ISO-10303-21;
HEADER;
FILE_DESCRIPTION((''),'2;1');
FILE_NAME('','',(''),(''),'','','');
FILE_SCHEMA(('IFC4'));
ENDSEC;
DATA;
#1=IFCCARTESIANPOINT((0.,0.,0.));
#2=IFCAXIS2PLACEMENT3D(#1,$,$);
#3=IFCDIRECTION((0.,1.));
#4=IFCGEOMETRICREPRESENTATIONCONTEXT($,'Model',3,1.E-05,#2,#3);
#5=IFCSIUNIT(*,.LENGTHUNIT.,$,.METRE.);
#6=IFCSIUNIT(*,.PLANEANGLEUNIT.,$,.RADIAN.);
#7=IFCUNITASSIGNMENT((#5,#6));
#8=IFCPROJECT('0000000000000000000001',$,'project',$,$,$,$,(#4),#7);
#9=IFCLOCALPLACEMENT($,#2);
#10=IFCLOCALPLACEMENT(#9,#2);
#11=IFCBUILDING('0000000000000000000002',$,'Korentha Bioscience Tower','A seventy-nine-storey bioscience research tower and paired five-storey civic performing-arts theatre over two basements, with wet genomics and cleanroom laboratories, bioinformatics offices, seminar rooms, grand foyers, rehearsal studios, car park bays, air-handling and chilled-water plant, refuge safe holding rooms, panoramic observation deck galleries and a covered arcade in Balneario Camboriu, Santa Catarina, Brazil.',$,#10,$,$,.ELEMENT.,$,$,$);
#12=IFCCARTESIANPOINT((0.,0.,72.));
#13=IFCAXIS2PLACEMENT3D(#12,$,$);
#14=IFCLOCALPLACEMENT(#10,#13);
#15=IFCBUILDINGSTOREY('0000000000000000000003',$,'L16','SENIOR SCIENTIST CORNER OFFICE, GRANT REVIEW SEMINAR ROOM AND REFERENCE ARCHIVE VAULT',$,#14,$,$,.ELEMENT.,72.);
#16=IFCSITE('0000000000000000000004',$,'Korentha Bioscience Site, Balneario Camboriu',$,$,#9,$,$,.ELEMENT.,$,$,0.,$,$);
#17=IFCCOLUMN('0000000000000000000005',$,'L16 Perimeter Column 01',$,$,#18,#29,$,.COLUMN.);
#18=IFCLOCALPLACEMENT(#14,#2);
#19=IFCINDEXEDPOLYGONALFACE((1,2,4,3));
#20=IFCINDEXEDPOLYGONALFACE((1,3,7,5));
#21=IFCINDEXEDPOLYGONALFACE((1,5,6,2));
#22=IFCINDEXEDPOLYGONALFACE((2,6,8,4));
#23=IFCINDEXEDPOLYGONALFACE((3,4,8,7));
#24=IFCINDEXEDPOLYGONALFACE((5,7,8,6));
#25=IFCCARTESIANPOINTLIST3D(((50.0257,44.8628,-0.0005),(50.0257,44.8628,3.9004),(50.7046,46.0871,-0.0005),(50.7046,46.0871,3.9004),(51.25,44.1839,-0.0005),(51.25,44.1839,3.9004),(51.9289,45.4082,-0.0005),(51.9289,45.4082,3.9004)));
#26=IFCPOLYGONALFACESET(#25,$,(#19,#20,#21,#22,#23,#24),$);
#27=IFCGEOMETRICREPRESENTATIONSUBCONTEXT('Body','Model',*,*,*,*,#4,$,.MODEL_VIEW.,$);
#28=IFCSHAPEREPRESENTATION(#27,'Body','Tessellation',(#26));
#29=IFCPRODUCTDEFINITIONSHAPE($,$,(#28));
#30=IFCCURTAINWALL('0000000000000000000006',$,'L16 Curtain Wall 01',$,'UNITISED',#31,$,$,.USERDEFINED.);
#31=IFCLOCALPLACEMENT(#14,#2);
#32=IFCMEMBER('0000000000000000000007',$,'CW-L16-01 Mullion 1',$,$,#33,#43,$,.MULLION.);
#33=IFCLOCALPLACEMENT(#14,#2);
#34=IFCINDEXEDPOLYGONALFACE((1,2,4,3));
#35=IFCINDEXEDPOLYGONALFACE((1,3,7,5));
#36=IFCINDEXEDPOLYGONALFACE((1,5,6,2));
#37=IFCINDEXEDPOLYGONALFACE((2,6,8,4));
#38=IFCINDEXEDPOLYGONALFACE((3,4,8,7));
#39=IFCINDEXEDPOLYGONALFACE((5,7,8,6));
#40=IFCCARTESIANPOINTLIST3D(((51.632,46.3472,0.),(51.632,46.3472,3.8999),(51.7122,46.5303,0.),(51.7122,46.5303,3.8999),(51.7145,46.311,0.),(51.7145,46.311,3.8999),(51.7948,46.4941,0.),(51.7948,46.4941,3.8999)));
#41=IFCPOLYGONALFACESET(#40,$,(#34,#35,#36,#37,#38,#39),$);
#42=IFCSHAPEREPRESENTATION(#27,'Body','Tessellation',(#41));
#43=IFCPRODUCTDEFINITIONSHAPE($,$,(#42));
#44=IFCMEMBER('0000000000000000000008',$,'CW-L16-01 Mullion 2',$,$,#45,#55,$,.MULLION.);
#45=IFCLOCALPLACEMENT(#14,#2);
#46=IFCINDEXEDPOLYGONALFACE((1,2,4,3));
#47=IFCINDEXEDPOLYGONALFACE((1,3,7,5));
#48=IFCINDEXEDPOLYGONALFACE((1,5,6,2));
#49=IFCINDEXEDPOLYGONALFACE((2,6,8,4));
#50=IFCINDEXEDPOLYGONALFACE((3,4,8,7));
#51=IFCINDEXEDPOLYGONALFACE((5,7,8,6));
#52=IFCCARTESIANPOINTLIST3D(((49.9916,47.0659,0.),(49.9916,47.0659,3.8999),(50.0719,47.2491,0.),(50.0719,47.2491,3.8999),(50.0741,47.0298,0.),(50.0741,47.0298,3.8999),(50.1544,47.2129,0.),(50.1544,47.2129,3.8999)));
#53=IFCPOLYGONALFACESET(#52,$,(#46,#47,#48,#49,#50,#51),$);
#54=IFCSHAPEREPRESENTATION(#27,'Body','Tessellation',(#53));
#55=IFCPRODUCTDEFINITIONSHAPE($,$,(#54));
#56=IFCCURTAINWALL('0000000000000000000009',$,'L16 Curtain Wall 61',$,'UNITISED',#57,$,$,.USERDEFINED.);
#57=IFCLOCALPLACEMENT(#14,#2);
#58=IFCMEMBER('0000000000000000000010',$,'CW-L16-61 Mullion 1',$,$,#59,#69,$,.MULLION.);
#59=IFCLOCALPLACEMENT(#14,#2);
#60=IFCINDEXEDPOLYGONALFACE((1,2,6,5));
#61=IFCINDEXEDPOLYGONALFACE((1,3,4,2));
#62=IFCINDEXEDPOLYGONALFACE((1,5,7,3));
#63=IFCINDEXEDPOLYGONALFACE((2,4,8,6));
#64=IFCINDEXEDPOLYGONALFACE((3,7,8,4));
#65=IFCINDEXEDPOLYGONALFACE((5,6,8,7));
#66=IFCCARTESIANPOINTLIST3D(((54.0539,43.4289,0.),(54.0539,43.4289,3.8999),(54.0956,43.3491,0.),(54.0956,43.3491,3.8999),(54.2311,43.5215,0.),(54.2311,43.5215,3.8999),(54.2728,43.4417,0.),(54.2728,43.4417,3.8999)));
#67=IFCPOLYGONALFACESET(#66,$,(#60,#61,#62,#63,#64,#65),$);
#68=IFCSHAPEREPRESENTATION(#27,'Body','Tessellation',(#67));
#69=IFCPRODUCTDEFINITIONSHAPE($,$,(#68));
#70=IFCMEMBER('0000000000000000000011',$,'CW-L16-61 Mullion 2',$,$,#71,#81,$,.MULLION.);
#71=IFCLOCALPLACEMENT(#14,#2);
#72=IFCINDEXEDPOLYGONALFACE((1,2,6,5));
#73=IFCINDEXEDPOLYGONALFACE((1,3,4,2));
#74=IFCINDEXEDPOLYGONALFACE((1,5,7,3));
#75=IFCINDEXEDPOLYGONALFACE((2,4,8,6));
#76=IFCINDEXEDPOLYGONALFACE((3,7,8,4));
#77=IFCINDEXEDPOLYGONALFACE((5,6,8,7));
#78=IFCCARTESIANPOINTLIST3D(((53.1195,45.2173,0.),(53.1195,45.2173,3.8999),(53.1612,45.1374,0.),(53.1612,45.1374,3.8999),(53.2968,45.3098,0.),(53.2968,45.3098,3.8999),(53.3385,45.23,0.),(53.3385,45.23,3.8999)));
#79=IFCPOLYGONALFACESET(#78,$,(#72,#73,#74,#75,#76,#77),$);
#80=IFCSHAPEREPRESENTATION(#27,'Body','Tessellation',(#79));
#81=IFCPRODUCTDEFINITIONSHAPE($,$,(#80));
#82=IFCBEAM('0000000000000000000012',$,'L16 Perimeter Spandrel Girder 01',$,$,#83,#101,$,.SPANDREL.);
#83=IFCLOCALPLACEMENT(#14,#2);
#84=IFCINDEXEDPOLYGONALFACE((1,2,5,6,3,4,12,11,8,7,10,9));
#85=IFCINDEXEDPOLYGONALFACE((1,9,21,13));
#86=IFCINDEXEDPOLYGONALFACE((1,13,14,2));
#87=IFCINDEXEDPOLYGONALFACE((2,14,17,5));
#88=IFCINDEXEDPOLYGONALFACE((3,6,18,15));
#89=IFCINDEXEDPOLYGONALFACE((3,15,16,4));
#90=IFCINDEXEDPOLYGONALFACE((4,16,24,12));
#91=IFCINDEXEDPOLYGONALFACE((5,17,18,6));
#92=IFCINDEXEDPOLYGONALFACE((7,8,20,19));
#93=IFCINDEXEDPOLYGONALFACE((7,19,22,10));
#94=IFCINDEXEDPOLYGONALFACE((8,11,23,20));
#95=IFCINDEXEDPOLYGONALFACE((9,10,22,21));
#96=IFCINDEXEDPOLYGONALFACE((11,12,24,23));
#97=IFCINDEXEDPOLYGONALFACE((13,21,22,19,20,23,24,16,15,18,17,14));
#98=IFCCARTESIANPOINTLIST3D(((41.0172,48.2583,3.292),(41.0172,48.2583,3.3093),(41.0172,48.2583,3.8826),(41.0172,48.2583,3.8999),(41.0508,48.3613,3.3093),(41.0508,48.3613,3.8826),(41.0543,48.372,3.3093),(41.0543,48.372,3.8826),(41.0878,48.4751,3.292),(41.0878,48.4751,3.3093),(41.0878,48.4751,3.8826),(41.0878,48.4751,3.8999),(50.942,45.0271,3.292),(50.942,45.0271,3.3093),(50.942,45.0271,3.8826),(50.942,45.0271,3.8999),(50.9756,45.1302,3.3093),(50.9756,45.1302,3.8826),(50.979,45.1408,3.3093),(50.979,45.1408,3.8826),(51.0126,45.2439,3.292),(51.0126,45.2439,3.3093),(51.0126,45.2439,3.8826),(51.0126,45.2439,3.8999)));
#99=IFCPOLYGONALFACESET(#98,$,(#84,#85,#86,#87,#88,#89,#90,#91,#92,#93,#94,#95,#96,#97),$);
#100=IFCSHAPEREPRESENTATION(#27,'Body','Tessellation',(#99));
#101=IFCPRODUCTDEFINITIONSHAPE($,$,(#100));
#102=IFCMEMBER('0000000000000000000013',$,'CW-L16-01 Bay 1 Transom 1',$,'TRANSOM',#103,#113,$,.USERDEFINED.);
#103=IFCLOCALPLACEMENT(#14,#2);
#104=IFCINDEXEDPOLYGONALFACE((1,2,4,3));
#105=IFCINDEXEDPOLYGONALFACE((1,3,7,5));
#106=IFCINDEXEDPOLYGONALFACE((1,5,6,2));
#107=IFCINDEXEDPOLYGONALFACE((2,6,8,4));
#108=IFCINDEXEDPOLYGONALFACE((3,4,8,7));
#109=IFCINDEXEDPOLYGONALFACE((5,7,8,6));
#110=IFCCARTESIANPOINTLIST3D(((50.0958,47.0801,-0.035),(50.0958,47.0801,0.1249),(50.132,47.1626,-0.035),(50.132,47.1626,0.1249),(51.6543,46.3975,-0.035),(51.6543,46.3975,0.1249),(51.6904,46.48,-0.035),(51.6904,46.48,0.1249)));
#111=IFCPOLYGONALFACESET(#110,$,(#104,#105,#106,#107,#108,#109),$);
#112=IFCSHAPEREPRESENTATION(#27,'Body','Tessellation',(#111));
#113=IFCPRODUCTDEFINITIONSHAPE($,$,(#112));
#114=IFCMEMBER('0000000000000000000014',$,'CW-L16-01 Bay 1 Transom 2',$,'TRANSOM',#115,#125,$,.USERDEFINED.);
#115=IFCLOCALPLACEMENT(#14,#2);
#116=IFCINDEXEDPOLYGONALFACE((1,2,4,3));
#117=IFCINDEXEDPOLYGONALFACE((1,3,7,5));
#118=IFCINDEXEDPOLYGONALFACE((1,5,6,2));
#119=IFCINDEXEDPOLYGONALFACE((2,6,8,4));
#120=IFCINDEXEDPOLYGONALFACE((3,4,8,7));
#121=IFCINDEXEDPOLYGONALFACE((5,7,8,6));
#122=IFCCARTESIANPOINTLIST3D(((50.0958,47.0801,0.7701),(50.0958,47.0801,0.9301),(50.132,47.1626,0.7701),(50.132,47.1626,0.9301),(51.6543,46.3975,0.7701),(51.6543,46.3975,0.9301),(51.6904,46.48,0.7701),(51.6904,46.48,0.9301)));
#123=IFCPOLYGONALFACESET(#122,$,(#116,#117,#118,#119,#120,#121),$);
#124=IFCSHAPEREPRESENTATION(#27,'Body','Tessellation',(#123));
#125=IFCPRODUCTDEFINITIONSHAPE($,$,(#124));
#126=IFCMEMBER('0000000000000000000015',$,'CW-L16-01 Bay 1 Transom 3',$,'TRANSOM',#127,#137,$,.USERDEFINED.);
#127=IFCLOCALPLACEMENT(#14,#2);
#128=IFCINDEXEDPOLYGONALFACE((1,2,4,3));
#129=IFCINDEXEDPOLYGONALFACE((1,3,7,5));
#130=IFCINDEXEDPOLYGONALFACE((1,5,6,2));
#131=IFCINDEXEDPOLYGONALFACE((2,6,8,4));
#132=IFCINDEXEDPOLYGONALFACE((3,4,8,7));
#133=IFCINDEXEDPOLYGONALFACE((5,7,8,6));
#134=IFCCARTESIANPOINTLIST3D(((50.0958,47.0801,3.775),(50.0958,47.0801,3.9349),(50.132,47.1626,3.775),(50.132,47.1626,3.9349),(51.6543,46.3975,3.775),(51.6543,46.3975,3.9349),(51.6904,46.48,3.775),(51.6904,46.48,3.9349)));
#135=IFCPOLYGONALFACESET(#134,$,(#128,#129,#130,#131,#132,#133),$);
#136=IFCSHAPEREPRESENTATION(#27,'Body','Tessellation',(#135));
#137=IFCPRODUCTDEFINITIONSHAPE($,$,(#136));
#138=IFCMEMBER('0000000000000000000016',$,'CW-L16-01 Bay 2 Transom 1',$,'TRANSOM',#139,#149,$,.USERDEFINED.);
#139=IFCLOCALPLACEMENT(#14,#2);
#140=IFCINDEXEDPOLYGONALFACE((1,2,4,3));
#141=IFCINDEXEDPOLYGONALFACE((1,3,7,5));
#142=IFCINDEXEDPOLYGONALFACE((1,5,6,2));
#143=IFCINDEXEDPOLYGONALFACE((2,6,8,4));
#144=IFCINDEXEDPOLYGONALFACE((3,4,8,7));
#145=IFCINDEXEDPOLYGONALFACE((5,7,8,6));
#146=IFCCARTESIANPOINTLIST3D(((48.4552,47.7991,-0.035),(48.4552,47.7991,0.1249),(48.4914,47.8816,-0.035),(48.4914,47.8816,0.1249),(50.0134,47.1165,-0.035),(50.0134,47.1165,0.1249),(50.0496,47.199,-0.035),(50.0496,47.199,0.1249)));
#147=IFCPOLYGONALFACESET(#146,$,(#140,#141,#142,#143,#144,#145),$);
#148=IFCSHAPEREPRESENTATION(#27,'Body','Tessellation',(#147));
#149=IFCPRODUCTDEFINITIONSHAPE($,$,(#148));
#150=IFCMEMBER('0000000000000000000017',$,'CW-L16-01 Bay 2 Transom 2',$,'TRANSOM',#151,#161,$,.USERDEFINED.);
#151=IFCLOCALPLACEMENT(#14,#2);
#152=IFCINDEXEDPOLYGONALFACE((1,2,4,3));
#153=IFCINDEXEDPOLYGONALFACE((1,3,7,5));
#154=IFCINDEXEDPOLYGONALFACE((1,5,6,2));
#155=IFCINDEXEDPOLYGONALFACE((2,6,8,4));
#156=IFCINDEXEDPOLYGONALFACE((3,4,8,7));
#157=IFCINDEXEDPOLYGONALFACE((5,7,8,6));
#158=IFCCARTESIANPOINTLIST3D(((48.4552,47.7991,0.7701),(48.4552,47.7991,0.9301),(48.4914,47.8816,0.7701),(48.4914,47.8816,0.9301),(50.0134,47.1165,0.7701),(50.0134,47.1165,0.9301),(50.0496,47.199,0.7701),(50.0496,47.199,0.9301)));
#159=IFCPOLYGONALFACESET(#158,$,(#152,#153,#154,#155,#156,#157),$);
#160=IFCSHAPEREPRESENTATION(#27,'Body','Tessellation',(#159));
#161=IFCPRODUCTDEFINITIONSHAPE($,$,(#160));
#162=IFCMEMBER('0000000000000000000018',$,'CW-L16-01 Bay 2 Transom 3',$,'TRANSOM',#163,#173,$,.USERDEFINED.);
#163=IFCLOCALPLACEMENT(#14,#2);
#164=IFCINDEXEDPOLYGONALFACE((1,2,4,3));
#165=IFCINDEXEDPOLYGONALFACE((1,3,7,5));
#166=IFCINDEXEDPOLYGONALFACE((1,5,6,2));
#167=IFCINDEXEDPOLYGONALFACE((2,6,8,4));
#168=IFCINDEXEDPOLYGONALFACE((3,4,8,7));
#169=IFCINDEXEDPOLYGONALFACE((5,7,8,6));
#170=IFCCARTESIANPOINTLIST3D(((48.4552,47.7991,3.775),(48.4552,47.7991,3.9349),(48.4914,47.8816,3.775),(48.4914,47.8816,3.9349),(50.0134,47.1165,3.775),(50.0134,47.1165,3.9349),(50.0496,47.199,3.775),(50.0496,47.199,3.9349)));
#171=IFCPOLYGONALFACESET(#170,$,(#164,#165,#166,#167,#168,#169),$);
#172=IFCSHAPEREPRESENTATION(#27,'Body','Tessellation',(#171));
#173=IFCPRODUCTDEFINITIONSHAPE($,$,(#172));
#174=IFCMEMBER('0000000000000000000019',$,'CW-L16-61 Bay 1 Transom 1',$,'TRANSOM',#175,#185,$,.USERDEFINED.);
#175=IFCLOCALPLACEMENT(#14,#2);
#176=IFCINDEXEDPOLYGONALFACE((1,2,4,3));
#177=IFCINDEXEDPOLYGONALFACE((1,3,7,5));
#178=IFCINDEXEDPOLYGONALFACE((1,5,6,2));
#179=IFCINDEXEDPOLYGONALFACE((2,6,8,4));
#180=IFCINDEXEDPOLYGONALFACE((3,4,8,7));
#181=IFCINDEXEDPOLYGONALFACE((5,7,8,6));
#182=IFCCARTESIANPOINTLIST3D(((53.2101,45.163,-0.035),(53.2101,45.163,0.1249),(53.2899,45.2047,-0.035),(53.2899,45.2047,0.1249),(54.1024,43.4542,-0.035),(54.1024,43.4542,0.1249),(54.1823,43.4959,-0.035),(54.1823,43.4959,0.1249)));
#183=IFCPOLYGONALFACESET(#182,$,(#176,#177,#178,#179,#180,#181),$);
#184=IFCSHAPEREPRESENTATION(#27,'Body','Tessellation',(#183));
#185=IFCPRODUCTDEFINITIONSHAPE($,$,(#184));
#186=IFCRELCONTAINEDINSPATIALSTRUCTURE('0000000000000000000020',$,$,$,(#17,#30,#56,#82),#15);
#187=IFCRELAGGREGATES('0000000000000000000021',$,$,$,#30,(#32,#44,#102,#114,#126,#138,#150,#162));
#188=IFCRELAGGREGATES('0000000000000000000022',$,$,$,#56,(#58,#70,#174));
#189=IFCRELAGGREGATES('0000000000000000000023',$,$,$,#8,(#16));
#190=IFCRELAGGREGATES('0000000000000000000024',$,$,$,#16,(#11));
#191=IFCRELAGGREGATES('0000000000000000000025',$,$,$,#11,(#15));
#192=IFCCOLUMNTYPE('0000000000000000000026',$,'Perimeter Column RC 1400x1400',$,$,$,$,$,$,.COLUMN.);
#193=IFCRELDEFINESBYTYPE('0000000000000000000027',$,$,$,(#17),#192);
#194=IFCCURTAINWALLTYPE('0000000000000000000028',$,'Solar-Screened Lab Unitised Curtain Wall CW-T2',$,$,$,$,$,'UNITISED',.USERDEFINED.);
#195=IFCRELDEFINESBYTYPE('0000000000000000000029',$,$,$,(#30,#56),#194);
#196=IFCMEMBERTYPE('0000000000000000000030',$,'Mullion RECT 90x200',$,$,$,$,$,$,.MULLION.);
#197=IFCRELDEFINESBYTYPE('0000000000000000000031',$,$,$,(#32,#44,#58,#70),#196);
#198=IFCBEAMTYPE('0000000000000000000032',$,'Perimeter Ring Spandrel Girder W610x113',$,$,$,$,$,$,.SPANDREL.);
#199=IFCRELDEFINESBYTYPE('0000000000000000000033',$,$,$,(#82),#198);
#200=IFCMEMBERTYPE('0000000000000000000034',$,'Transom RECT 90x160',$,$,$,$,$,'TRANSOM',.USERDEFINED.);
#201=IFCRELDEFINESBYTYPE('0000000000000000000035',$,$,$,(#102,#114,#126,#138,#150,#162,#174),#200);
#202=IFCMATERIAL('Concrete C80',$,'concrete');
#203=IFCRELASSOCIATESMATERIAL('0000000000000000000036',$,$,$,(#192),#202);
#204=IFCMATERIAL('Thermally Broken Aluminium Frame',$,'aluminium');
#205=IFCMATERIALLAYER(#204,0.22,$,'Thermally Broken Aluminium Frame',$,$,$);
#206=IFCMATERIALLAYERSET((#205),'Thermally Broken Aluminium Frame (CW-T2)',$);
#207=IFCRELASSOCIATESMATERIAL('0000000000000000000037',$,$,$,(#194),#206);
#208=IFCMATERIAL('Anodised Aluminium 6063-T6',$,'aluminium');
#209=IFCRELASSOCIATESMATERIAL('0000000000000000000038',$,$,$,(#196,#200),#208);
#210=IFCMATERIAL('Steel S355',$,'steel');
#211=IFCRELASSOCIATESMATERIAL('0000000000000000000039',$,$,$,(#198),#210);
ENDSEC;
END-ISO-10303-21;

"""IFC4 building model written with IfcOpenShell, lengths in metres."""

from ifc_helpers import new_model, si_unit, direction, frame, origin, origin_2d, place, context, subcontext, project, spatial, rectangle, i_section, extrude, material, layer, layer_set, material_profile, profile_set, type_object, element, aggregate, save


model = new_model("IFC4")

# Units and contexts
model_context = context("Model", 3, precision=1e-05, world=origin(), true_north=direction((0.0, 1.0)))
body_context = subcontext(model_context, "Body", "Model", "MODEL_VIEW")
ifc_project = project(units=[si_unit("LENGTHUNIT", "METRE"), si_unit("PLANEANGLEUNIT", "RADIAN")], contexts=[model_context])

# Site, building, storey
site_placement = place(None, origin())
site = spatial("IfcSite", under=ifc_project, at=site_placement, Name="Korentha Bioscience Site, Balneario Camboriu", CompositionType="ELEMENT", RefElevation=0.0)
building_placement = place(site_placement, origin())
building = spatial("IfcBuilding", under=site, at=building_placement, Name="Korentha Bioscience Tower", Description="A seventy-nine-storey bioscience research tower and paired five-storey civic performing-arts theatre over two basements, with wet genomics and cleanroom laboratories, bioinformatics offices, seminar rooms, grand foyers, rehearsal studios, car park bays, air-handling and chilled-water plant, refuge safe holding rooms, panoramic observation deck galleries and a covered arcade in Balneario Camboriu, Santa Catarina, Brazil.", CompositionType="ELEMENT")
storey_placement = place(building_placement, frame((0.0, 0.0, 72.0)))
storey = spatial("IfcBuildingStorey", under=building, at=storey_placement, Name="L16", Description="SENIOR SCIENTIST CORNER OFFICE, GRANT REVIEW SEMINAR ROOM AND REFERENCE ARCHIVE VAULT", CompositionType="ELEMENT", Elevation=72.0)

# Column
ifc_material_1 = material(Name="Concrete C80", Category="concrete")
ifc_material_profile_1 = material_profile(ifc_material_1, rectangle(XDim=1.3999, YDim=1.3999, at=origin_2d()), Name="Concrete C80")
ifc_profile_set_1 = profile_set([ifc_material_profile_1], Name="Concrete C80 (COL-P14)")
column_type = type_object("IfcColumnType", Name="Perimeter Column RC 1400x1400", PredefinedType="COLUMN", material=ifc_profile_set_1)
column_placement = place(storey_placement, frame((50.9773, 45.1355, -0.0005), z_axis=(0.0, 0.0, 1.0), x_axis=(-0.874535, 0.484962, 0.0)))
element("IfcColumn", 1, at=column_placement, inside=storey, type_object=column_type, Name="L16 Perimeter Column 01", PredefinedType="COLUMN", context=body_context, shape_type="SweptSolid", body=[
    extrude(rectangle(XDim=1.3999, YDim=1.3999, at=origin_2d()), origin(), (0.0, 0.0, 1.0), 3.9009),
])

# Curtain walls, members
ifc_material_2 = material(Name="Thermally Broken Aluminium Frame", Category="aluminium")
ifc_layer_1 = layer(ifc_material_2, 0.22, Name="Thermally Broken Aluminium Frame")
ifc_layer_set_1 = layer_set([ifc_layer_1], Name="Thermally Broken Aluminium Frame (CW-T2)")
curtain_wall_type = type_object("IfcCurtainWallType", Name="Solar-Screened Lab Unitised Curtain Wall CW-T2", ElementType="UNITISED", PredefinedType="USERDEFINED", material=ifc_layer_set_1)
curtain_wall_1_placement = place(storey_placement, origin())
curtain_wall_1 = element("IfcCurtainWall", 2, at=curtain_wall_1_placement, inside=storey, type_object=curtain_wall_type, Name="L16 Curtain Wall 01", ObjectType="UNITISED", PredefinedType="USERDEFINED")
ifc_material_3 = material(Name="Anodised Aluminium 6063-T6", Category="aluminium")
ifc_material_profile_2 = material_profile(ifc_material_3, rectangle(XDim=0.0901, YDim=0.2, at=origin_2d()), Name="Anodised Aluminium 6063-T6")
ifc_profile_set_2 = profile_set([ifc_material_profile_2], Name="Anodised Aluminium 6063-T6 (CW-MUL)")
member_type_1 = type_object("IfcMemberType", Name="Mullion RECT 90x200", PredefinedType="MULLION", material=ifc_profile_set_2)
member_1_placement = place(storey_placement, frame((51.7134, 46.4207, 0.0), z_axis=(0.0, 0.0, 1.0), x_axis=(-0.915939, 0.401317, 0.0)))
member_1 = element("IfcMember", 3, at=member_1_placement, type_object=member_type_1, Name="CW-L16-01 Mullion 1", PredefinedType="MULLION", context=body_context, shape_type="SweptSolid", body=[
    extrude(rectangle(XDim=0.0901, YDim=0.2, at=origin_2d()), origin(), (0.0, 0.0, 1.0), 3.8999),
])
member_2_placement = place(storey_placement, frame((50.073, 47.1394, 0.0), z_axis=(0.0, 0.0, 1.0), x_axis=(-0.915939, 0.401317, 0.0)))
member_2 = element("IfcMember", 4, at=member_2_placement, type_object=member_type_1, Name="CW-L16-01 Mullion 2", PredefinedType="MULLION", context=body_context, shape_type="SweptSolid", body=[
    extrude(rectangle(XDim=0.0901, YDim=0.2, at=origin_2d()), origin(), (0.0, 0.0, 1.0), 3.8999),
])
curtain_wall_2_placement = place(storey_placement, origin())
curtain_wall_2 = element("IfcCurtainWall", 5, at=curtain_wall_2_placement, inside=storey, type_object=curtain_wall_type, Name="L16 Curtain Wall 61", ObjectType="UNITISED", PredefinedType="USERDEFINED")
member_3_placement = place(storey_placement, frame((54.1633, 43.4353, 0.0), z_axis=(0.0, 0.0, 1.0), x_axis=(-0.463009, 0.886354, 0.0)))
member_3 = element("IfcMember", 6, at=member_3_placement, type_object=member_type_1, Name="CW-L16-61 Mullion 1", PredefinedType="MULLION", context=body_context, shape_type="SweptSolid", body=[
    extrude(rectangle(XDim=0.0901, YDim=0.2, at=origin_2d()), origin(), (0.0, 0.0, 1.0), 3.8999),
])
member_4_placement = place(storey_placement, frame((53.229, 45.2236, 0.0), z_axis=(0.0, 0.0, 1.0), x_axis=(-0.463009, 0.886354, 0.0)))
member_4 = element("IfcMember", 7, at=member_4_placement, type_object=member_type_1, Name="CW-L16-61 Mullion 2", PredefinedType="MULLION", context=body_context, shape_type="SweptSolid", body=[
    extrude(rectangle(XDim=0.0901, YDim=0.2, at=origin_2d()), origin(), (0.0, 0.0, 1.0), 3.8999),
])

# Beam
ifc_material_4 = material(Name="Steel S355", Category="steel")
ifc_material_profile_3 = material_profile(ifc_material_4, i_section(OverallWidth=0.228, OverallDepth=0.6079, WebThickness=0.0112, FlangeThickness=0.0173, at=origin_2d()), Name="Steel S355")
ifc_profile_set_3 = profile_set([ifc_material_profile_3], Name="Steel S355 (SB-610)")
beam_type = type_object("IfcBeamType", Name="Perimeter Ring Spandrel Girder W610x113", PredefinedType="SPANDREL", material=ifc_profile_set_3)
beam_placement = place(storey_placement, frame((50.9773, 45.1355, 3.5959), z_axis=(-0.950875, 0.309575, 0.0), x_axis=(-0.309575, -0.950875, 0.0)))
element("IfcBeam", 8, at=beam_placement, inside=storey, type_object=beam_type, Name="L16 Perimeter Spandrel Girder 01", PredefinedType="SPANDREL", context=body_context, shape_type="SweptSolid", body=[
    extrude(i_section(OverallWidth=0.228, OverallDepth=0.6079, WebThickness=0.0112, FlangeThickness=0.0173, at=origin_2d()), origin(), (0.0, 0.0, 1.0), 10.4375),
])

# Members
ifc_material_profile_4 = material_profile(ifc_material_3, rectangle(XDim=0.0901, YDim=0.1599, at=origin_2d()), Name="Anodised Aluminium 6063-T6")
ifc_profile_set_4 = profile_set([ifc_material_profile_4], Name="Anodised Aluminium 6063-T6 (CW-TRN)")
member_type_2 = type_object("IfcMemberType", Name="Transom RECT 90x160", ElementType="TRANSOM", PredefinedType="USERDEFINED", material=ifc_profile_set_4)
member_5_placement = place(storey_placement, frame((51.6724, 46.4387, 0.0449), z_axis=(-0.915976, 0.401233, 0.0), x_axis=(-0.401233, -0.915976, 0.0)))
member_5 = element("IfcMember", 9, at=member_5_placement, type_object=member_type_2, Name="CW-L16-01 Bay 1 Transom 1", ObjectType="TRANSOM", PredefinedType="USERDEFINED", context=body_context, shape_type="SweptSolid", body=[
    extrude(rectangle(XDim=0.0901, YDim=0.1599, at=origin_2d()), origin(), (0.0, 0.0, 1.0), 1.7014),
])
member_6_placement = place(storey_placement, frame((51.6724, 46.4387, 0.8501), z_axis=(-0.915976, 0.401233, 0.0), x_axis=(-0.401233, -0.915976, 0.0)))
member_6 = element("IfcMember", 10, at=member_6_placement, type_object=member_type_2, Name="CW-L16-01 Bay 1 Transom 2", ObjectType="TRANSOM", PredefinedType="USERDEFINED", context=body_context, shape_type="SweptSolid", body=[
    extrude(rectangle(XDim=0.0901, YDim=0.1599, at=origin_2d()), origin(), (0.0, 0.0, 1.0), 1.7014),
])
member_7_placement = place(storey_placement, frame((51.6724, 46.4387, 3.855), z_axis=(-0.915976, 0.401233, 0.0), x_axis=(-0.401233, -0.915976, 0.0)))
member_7 = element("IfcMember", 11, at=member_7_placement, type_object=member_type_2, Name="CW-L16-01 Bay 1 Transom 3", ObjectType="TRANSOM", PredefinedType="USERDEFINED", context=body_context, shape_type="SweptSolid", body=[
    extrude(rectangle(XDim=0.0901, YDim=0.1599, at=origin_2d()), origin(), (0.0, 0.0, 1.0), 1.7014),
])
member_8_placement = place(storey_placement, frame((50.0315, 47.1577, 0.0449), z_axis=(-0.915953, 0.401286, 0.0), x_axis=(-0.401286, -0.915953, 0.0)))
member_8 = element("IfcMember", 12, at=member_8_placement, type_object=member_type_2, Name="CW-L16-01 Bay 2 Transom 1", ObjectType="TRANSOM", PredefinedType="USERDEFINED", context=body_context, shape_type="SweptSolid", body=[
    extrude(rectangle(XDim=0.0901, YDim=0.1599, at=origin_2d()), origin(), (0.0, 0.0, 1.0), 1.7012),
])
member_9_placement = place(storey_placement, frame((50.0315, 47.1577, 0.8501), z_axis=(-0.915953, 0.401286, 0.0), x_axis=(-0.401286, -0.915953, 0.0)))
member_9 = element("IfcMember", 13, at=member_9_placement, type_object=member_type_2, Name="CW-L16-01 Bay 2 Transom 2", ObjectType="TRANSOM", PredefinedType="USERDEFINED", context=body_context, shape_type="SweptSolid", body=[
    extrude(rectangle(XDim=0.0901, YDim=0.1599, at=origin_2d()), origin(), (0.0, 0.0, 1.0), 1.7012),
])
member_10_placement = place(storey_placement, frame((50.0315, 47.1577, 3.855), z_axis=(-0.915953, 0.401286, 0.0), x_axis=(-0.401286, -0.915953, 0.0)))
member_10 = element("IfcMember", 14, at=member_10_placement, type_object=member_type_2, Name="CW-L16-01 Bay 2 Transom 3", ObjectType="TRANSOM", PredefinedType="USERDEFINED", context=body_context, shape_type="SweptSolid", body=[
    extrude(rectangle(XDim=0.0901, YDim=0.1599, at=origin_2d()), origin(), (0.0, 0.0, 1.0), 1.7012),
])
member_11_placement = place(storey_placement, frame((54.1423, 43.4751, 0.0449), z_axis=(-0.462899, 0.886411, 0.0), x_axis=(-0.886411, -0.462899, 0.0)))
member_11 = element("IfcMember", 15, at=member_11_placement, type_object=member_type_2, Name="CW-L16-61 Bay 1 Transom 1", ObjectType="TRANSOM", PredefinedType="USERDEFINED", context=body_context, shape_type="SweptSolid", body=[
    extrude(rectangle(XDim=0.0901, YDim=0.1599, at=origin_2d()), origin(), (0.0, 0.0, 1.0), 1.9277),
])

aggregate(curtain_wall_1, [member_1, member_2, member_5, member_6, member_7, member_8, member_9, member_10])
aggregate(curtain_wall_2, [member_3, member_4, member_11])

save(model, "model.ifc")
